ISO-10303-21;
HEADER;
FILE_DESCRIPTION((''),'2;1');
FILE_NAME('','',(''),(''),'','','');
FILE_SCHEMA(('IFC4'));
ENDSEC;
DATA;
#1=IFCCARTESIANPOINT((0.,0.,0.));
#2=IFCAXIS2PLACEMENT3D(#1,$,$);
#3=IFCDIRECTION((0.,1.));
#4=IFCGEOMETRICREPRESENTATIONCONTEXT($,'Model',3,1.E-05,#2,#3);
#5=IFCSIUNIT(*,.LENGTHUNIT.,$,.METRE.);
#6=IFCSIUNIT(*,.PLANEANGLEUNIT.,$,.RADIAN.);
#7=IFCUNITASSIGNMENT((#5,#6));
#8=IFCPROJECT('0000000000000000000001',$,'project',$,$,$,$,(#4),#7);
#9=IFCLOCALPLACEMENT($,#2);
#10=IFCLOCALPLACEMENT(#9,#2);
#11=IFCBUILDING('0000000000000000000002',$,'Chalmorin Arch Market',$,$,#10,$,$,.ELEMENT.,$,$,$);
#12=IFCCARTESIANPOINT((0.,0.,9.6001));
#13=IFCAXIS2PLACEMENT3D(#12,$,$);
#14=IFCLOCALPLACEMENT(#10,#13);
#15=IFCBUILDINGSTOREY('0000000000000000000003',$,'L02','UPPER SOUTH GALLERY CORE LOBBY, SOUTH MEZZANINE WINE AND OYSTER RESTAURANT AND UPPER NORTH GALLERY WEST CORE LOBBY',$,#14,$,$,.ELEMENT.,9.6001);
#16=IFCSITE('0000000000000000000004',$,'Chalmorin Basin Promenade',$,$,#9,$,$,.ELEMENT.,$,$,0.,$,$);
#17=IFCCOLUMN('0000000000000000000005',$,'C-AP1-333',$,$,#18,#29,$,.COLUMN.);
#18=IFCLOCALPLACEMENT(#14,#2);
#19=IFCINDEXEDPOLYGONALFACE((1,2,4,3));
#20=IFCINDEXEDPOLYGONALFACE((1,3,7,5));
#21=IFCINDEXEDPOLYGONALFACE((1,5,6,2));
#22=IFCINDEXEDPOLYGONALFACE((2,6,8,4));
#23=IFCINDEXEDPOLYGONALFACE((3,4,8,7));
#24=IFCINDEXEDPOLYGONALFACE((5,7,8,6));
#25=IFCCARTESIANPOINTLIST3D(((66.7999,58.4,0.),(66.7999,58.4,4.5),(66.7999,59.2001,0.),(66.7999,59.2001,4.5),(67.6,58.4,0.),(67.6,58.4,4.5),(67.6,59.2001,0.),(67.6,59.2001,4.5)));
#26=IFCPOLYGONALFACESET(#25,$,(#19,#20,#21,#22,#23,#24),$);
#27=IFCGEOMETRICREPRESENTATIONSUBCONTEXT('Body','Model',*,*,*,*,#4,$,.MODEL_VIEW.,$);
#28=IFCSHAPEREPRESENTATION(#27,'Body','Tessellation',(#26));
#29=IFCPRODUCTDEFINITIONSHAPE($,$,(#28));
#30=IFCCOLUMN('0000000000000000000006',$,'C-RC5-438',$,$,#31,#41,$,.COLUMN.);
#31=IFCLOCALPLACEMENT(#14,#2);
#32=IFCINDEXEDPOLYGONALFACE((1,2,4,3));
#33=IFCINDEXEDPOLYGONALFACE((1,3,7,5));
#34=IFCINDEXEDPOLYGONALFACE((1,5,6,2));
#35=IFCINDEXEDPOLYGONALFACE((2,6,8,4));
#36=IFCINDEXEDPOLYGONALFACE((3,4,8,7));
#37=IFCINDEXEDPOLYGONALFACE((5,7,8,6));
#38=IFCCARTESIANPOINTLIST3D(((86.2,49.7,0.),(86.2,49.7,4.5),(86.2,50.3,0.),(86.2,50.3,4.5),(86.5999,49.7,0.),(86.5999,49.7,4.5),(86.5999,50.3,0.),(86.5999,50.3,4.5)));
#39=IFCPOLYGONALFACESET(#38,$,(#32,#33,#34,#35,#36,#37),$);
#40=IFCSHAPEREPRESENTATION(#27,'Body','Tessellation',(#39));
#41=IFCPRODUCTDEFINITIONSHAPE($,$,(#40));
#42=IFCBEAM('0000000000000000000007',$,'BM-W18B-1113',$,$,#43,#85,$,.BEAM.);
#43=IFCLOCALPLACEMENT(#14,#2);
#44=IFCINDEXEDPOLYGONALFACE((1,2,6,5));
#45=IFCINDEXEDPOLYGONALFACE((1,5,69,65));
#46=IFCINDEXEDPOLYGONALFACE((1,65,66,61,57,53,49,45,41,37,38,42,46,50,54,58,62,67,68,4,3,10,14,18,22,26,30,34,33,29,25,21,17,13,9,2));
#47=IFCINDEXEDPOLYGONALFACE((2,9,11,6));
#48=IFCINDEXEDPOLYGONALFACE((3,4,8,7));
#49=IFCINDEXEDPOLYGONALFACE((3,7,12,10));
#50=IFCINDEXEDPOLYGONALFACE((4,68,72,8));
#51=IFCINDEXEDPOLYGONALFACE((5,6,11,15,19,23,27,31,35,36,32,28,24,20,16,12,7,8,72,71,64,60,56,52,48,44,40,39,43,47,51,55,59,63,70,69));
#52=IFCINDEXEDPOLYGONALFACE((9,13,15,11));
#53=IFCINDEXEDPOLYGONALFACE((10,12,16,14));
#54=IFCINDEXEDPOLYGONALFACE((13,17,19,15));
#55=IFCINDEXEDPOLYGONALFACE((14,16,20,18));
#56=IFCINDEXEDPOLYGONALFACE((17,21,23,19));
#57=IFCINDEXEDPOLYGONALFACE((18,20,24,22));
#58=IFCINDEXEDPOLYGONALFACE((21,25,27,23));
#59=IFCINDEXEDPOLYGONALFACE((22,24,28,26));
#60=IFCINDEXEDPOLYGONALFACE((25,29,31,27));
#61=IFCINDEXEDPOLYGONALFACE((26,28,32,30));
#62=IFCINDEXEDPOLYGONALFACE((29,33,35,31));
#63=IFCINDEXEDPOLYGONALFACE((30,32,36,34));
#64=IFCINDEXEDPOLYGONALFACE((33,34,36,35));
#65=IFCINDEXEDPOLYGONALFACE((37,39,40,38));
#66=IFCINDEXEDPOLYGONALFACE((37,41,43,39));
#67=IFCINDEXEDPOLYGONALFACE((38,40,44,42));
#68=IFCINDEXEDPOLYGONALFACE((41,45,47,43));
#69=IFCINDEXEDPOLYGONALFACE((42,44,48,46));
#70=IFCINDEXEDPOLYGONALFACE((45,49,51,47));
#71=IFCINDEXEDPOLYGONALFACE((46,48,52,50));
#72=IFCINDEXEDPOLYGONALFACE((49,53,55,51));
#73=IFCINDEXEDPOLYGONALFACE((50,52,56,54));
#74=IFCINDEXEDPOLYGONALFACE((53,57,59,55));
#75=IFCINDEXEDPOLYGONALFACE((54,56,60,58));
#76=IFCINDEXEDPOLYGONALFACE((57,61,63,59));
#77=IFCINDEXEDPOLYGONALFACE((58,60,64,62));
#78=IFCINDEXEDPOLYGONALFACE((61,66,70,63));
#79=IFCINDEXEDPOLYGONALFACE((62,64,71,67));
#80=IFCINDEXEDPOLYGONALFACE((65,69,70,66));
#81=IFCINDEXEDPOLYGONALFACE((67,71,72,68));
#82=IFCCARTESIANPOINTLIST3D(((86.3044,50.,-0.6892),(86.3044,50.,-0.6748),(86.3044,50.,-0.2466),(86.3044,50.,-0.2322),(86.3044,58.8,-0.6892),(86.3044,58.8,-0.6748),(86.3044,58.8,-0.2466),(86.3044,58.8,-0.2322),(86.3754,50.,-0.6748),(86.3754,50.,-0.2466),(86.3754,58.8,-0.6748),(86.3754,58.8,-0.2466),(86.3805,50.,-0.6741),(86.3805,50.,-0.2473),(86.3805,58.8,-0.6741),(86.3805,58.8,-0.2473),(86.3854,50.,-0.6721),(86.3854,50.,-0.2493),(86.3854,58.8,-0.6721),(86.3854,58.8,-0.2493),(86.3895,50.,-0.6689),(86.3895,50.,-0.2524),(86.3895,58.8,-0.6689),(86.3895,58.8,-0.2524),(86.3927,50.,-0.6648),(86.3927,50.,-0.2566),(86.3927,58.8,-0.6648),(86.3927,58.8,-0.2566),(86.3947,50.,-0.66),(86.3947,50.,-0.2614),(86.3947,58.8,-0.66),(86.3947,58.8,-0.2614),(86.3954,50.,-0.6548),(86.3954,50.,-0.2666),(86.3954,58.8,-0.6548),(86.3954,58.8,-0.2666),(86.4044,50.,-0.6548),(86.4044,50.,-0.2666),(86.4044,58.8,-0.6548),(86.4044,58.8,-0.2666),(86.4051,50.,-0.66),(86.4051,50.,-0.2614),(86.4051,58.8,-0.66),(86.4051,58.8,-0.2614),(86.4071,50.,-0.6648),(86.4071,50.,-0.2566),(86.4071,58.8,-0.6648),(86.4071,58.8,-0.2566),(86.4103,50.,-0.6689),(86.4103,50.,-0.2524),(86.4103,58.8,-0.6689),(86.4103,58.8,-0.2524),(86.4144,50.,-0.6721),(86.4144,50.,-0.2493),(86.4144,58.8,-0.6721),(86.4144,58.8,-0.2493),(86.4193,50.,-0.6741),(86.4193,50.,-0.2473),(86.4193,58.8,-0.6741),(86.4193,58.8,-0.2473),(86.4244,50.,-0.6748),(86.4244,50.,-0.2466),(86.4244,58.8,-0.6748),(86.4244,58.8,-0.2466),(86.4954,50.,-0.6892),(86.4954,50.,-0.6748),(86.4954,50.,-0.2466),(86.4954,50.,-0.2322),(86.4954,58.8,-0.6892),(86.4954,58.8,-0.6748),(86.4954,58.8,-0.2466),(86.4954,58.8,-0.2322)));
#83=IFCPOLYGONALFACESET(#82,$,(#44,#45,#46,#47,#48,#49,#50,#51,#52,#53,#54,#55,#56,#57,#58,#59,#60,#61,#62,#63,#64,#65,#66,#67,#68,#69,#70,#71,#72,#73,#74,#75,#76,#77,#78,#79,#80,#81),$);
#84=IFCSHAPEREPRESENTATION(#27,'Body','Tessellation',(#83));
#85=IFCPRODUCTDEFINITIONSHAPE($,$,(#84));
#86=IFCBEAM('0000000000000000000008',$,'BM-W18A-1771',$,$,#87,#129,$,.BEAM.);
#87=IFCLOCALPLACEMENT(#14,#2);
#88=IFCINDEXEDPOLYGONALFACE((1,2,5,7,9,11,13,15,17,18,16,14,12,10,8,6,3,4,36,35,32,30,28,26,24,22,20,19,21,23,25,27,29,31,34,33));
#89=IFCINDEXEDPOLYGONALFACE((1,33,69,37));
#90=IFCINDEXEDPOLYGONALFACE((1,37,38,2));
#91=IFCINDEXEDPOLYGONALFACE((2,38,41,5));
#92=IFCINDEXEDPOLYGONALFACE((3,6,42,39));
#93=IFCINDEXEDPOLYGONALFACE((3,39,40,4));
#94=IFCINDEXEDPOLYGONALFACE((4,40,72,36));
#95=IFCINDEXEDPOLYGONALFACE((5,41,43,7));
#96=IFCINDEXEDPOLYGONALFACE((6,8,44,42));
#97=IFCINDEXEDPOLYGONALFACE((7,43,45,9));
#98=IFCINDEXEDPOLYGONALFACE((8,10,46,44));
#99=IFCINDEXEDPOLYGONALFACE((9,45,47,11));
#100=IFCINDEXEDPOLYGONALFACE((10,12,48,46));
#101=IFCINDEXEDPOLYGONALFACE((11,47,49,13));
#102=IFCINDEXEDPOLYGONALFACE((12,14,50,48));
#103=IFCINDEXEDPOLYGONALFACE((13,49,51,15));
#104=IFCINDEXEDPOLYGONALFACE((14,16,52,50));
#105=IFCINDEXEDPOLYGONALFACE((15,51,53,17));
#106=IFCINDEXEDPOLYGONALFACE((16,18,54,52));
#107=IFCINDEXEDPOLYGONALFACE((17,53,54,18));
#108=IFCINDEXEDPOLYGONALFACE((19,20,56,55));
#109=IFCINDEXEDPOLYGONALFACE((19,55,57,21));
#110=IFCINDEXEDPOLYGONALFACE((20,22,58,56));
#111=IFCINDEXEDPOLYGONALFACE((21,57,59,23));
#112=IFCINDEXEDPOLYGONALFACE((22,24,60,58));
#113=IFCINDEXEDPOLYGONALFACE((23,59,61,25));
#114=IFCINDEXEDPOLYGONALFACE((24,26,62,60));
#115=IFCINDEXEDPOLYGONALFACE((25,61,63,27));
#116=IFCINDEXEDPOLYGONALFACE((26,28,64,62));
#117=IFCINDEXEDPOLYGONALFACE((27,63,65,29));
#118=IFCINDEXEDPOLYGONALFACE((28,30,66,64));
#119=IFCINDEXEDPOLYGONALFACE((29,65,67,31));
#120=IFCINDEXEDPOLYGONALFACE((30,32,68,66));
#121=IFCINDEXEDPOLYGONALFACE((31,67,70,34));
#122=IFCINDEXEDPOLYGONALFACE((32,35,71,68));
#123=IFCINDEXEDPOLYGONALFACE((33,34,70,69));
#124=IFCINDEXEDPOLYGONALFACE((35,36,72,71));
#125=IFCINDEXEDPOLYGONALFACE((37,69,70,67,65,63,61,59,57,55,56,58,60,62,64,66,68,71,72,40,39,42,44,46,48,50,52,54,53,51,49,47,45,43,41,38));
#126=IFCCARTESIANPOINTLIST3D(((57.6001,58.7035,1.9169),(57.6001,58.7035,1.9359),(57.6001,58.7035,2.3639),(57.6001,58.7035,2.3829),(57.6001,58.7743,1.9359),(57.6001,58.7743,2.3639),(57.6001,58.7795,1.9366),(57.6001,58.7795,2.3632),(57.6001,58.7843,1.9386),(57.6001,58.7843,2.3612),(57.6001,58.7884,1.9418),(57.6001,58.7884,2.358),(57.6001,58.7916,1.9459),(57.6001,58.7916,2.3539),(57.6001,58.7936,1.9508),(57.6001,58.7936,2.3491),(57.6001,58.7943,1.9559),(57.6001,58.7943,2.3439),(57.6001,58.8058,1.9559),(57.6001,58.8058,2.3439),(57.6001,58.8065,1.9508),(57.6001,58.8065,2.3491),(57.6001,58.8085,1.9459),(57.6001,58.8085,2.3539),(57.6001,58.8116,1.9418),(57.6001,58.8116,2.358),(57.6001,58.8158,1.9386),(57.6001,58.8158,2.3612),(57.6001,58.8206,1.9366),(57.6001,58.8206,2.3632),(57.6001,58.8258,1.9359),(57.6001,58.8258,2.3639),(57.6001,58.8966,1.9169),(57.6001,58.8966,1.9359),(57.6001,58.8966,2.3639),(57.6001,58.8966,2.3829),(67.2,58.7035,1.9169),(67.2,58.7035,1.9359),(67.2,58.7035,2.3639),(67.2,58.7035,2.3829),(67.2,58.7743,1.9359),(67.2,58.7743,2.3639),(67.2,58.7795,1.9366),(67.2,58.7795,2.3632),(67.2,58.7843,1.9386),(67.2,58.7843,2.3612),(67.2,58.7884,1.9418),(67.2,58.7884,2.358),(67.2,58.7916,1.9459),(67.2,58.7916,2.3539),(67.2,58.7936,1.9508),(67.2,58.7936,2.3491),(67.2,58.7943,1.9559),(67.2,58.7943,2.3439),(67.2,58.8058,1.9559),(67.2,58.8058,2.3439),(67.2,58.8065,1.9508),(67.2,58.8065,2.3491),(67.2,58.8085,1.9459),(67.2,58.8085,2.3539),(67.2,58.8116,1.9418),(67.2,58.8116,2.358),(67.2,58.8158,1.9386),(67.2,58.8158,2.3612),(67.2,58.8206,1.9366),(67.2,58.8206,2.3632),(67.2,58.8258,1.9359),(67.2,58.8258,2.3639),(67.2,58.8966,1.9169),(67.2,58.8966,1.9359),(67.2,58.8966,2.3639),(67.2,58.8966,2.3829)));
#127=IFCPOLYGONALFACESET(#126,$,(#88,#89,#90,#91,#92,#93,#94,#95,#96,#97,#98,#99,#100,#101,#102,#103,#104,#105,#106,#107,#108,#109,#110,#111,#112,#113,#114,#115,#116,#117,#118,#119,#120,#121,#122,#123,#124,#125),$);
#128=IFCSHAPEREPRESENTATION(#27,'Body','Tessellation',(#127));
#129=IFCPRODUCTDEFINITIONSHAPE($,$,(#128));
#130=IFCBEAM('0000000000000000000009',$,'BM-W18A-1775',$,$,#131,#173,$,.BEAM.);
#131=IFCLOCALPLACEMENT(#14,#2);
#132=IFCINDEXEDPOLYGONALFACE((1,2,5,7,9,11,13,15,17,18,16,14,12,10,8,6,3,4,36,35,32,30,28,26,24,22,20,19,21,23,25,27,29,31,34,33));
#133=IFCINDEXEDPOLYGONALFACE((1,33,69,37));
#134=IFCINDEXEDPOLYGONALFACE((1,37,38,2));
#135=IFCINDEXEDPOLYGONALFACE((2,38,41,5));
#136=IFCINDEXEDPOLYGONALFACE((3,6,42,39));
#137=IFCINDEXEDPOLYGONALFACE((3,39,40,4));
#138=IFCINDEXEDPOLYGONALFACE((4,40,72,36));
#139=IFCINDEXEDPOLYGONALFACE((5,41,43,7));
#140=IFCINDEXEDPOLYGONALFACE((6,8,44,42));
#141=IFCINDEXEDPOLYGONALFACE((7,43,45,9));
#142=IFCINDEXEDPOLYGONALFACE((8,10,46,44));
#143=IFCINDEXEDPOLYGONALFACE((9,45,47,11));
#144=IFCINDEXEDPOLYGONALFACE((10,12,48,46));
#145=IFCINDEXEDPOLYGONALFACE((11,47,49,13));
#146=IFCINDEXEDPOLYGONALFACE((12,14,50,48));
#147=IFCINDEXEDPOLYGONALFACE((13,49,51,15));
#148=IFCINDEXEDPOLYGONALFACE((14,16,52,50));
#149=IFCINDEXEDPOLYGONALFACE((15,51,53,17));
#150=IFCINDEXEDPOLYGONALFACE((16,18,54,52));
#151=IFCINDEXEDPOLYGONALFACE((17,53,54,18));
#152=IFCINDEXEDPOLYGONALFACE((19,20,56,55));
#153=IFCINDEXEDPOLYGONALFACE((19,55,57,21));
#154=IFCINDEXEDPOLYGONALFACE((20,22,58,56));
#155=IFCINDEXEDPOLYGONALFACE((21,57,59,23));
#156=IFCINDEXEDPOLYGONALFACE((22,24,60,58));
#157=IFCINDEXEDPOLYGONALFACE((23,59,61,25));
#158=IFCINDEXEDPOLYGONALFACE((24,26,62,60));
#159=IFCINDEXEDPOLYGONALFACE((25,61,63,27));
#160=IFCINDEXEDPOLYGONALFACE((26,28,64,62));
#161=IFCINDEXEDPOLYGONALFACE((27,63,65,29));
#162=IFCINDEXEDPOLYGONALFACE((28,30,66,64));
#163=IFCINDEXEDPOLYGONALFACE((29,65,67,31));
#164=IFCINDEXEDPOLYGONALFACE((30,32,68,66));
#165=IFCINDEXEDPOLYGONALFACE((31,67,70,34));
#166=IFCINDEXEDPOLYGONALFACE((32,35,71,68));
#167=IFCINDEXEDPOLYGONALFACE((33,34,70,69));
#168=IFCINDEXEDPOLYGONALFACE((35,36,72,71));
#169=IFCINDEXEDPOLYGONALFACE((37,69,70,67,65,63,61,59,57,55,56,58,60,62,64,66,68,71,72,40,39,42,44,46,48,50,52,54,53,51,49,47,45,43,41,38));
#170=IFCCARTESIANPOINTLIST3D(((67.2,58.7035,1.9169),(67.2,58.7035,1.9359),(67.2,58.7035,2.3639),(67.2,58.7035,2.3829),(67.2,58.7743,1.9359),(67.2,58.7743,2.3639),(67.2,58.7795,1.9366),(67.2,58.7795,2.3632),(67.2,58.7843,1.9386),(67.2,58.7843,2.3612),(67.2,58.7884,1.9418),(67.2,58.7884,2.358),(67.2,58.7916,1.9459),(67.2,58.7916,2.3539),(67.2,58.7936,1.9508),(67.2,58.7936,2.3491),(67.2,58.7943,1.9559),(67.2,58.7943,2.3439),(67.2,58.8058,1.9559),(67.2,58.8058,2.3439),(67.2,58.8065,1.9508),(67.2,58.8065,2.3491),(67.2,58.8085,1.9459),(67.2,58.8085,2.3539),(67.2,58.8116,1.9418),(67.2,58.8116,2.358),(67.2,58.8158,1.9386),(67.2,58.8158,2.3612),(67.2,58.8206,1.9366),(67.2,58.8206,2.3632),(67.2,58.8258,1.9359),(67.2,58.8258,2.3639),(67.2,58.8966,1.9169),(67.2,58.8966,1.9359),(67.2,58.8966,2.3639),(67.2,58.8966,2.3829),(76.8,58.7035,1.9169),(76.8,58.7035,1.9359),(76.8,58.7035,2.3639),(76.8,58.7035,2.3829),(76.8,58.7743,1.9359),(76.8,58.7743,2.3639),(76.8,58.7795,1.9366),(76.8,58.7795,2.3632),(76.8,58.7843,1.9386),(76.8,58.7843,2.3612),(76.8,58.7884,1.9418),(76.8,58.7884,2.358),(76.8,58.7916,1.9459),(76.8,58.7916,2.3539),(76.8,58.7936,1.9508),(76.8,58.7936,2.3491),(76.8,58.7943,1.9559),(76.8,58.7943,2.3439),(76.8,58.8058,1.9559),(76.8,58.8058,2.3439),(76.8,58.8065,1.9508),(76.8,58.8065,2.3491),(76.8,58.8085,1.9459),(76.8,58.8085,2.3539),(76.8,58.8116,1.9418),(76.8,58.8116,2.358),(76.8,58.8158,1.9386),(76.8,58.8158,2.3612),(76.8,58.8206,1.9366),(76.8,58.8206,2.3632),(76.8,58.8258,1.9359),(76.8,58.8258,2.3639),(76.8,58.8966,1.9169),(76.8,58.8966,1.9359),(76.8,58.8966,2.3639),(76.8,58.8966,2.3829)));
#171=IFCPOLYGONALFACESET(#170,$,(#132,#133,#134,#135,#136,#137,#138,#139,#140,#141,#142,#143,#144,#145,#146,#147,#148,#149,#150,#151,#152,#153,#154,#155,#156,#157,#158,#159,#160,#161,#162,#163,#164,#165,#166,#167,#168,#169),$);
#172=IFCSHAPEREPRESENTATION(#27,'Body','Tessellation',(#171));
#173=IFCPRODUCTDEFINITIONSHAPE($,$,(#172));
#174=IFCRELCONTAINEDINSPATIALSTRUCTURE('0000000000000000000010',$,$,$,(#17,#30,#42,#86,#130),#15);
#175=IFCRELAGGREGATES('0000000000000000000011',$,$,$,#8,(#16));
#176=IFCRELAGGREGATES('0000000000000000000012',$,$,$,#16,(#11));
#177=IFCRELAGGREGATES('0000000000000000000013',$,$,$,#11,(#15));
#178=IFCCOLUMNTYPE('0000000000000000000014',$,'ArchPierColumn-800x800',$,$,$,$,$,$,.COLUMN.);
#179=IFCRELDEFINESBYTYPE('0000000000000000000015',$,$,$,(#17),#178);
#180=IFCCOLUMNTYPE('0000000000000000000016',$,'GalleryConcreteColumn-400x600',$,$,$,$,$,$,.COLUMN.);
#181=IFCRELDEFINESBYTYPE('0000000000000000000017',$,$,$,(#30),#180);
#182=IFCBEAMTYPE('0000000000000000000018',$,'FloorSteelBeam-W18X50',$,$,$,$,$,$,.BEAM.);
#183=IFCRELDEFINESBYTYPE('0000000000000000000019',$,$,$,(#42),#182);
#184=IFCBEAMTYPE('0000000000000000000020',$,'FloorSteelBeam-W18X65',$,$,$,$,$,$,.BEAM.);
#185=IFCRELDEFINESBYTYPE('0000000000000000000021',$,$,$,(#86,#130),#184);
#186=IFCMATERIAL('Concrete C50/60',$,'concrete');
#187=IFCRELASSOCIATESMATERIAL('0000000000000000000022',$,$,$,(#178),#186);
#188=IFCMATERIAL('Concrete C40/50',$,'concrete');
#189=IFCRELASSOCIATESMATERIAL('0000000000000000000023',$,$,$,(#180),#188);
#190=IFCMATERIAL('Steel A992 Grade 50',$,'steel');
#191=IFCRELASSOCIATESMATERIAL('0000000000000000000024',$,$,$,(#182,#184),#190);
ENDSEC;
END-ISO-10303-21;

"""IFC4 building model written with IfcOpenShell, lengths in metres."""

from ifc_helpers import new_model, si_unit, direction, frame, origin, origin_2d, place, context, subcontext, project, spatial, rectangle, i_section, extrude, material, material_profile, profile_set, type_object, element, save


model = new_model("IFC4")

# Units and contexts
model_context = context("Model", 3, precision=1e-05, world=origin(), true_north=direction((0.0, 1.0)))
body_context = subcontext(model_context, "Body", "Model", "MODEL_VIEW")
ifc_project = project(units=[si_unit("LENGTHUNIT", "METRE"), si_unit("PLANEANGLEUNIT", "RADIAN")], contexts=[model_context])

# Site, building, storey
site_placement = place(None, origin())
site = spatial("IfcSite", under=ifc_project, at=site_placement, Name="Chalmorin Basin Promenade", CompositionType="ELEMENT", RefElevation=0.0)
building_placement = place(site_placement, origin())
building = spatial("IfcBuilding", under=site, at=building_placement, Name="Chalmorin Arch Market", CompositionType="ELEMENT")
storey_placement = place(building_placement, frame((0.0, 0.0, 9.6001)))
storey = spatial("IfcBuildingStorey", under=building, at=storey_placement, Name="L02", Description="UPPER SOUTH GALLERY CORE LOBBY, SOUTH MEZZANINE WINE AND OYSTER RESTAURANT AND UPPER NORTH GALLERY WEST CORE LOBBY", CompositionType="ELEMENT", Elevation=9.6001)

# Columns
ifc_material_1 = material(Name="Concrete C50/60", Category="concrete")
ifc_material_profile_1 = material_profile(ifc_material_1, rectangle(XDim=0.8, YDim=0.8, at=origin_2d()), Name="RC800X800")
ifc_profile_set_1 = profile_set([ifc_material_profile_1], Name="Concrete C50/60")
column_type_1 = type_object("IfcColumnType", Name="ArchPierColumn-800x800", PredefinedType="COLUMN", material=ifc_profile_set_1)
column_1_placement = place(storey_placement, frame((67.2, 58.8, 0.0), z_axis=(0.0, 0.0, 1.0), x_axis=(1.0, 0.0, 0.0)))
element("IfcColumn", 1, at=column_1_placement, inside=storey, type_object=column_type_1, Name="C-AP1-333", PredefinedType="COLUMN", context=body_context, shape_type="SweptSolid", body=[
    extrude(rectangle(XDim=0.8, YDim=0.8, at=origin_2d()), origin(), (0.0, 0.0, 1.0), 4.5),
])
ifc_material_2 = material(Name="Concrete C40/50", Category="concrete")
ifc_material_profile_2 = material_profile(ifc_material_2, rectangle(XDim=0.3999, YDim=0.6001, at=origin_2d()), Name="RC400X600")
ifc_profile_set_2 = profile_set([ifc_material_profile_2], Name="Concrete C40/50")
column_type_2 = type_object("IfcColumnType", Name="GalleryConcreteColumn-400x600", PredefinedType="COLUMN", material=ifc_profile_set_2)
column_2_placement = place(storey_placement, frame((86.3999, 50.0, 0.0), z_axis=(0.0, 0.0, 1.0), x_axis=(1.0, 0.0, 0.0)))
element("IfcColumn", 2, at=column_2_placement, inside=storey, type_object=column_type_2, Name="C-RC5-438", PredefinedType="COLUMN", context=body_context, shape_type="SweptSolid", body=[
    extrude(rectangle(XDim=0.3999, YDim=0.6001, at=origin_2d()), origin(), (0.0, 0.0, 1.0), 4.5),
])

# Beams
ifc_material_3 = material(Name="Steel A992 Grade 50", Category="steel")
ifc_material_profile_3 = material_profile(ifc_material_3, i_section(OverallWidth=0.1909, OverallDepth=0.457, WebThickness=0.009, FlangeThickness=0.0144, FilletRadius=0.02, at=origin_2d()), Name="W18X50")
ifc_profile_set_3 = profile_set([ifc_material_profile_3], Name="Steel A992 Grade 50")
beam_type_1 = type_object("IfcBeamType", Name="FloorSteelBeam-W18X50", PredefinedType="BEAM", material=ifc_profile_set_3)
beam_1_placement = place(storey_placement, frame((86.3999, 50.0, -0.4607), z_axis=(0.0, 1.0, 0.0), x_axis=(-1.0, 0.0, 0.0)))
element("IfcBeam", 3, at=beam_1_placement, inside=storey, type_object=beam_type_1, Name="BM-W18B-1113", PredefinedType="BEAM", context=body_context, shape_type="SweptSolid", body=[
    extrude(i_section(OverallWidth=0.1909, OverallDepth=0.457, WebThickness=0.009, FlangeThickness=0.0144, FilletRadius=0.02, at=origin_2d()), origin(), (0.0, 0.0, 1.0), 8.8),
])
ifc_material_profile_4 = material_profile(ifc_material_3, i_section(OverallWidth=0.1931, OverallDepth=0.4661, WebThickness=0.0115, FlangeThickness=0.019, FilletRadius=0.02, at=origin_2d()), Name="W18X65")
ifc_profile_set_4 = profile_set([ifc_material_profile_4], Name="Steel A992 Grade 50")
beam_type_2 = type_object("IfcBeamType", Name="FloorSteelBeam-W18X65", PredefinedType="BEAM", material=ifc_profile_set_4)
beam_2_placement = place(storey_placement, frame((57.6001, 58.8, 2.1499), z_axis=(1.0, 0.0, 0.0), x_axis=(0.0, 1.0, 0.0)))
element("IfcBeam", 4, at=beam_2_placement, inside=storey, type_object=beam_type_2, Name="BM-W18A-1771", PredefinedType="BEAM", context=body_context, shape_type="SweptSolid", body=[
    extrude(i_section(OverallWidth=0.1931, OverallDepth=0.4661, WebThickness=0.0115, FlangeThickness=0.019, FilletRadius=0.02, at=origin_2d()), origin(), (0.0, 0.0, 1.0), 9.5999),
])
beam_3_placement = place(storey_placement, frame((67.2, 58.8, 2.1499), z_axis=(1.0, 0.0, 0.0), x_axis=(0.0, 1.0, 0.0)))
element("IfcBeam", 5, at=beam_3_placement, inside=storey, type_object=beam_type_2, Name="BM-W18A-1775", PredefinedType="BEAM", context=body_context, shape_type="SweptSolid", body=[
    extrude(i_section(OverallWidth=0.1931, OverallDepth=0.4661, WebThickness=0.0115, FlangeThickness=0.019, FilletRadius=0.02, at=origin_2d()), origin(), (0.0, 0.0, 1.0), 9.6001),
])

save(model, "model.ifc")
